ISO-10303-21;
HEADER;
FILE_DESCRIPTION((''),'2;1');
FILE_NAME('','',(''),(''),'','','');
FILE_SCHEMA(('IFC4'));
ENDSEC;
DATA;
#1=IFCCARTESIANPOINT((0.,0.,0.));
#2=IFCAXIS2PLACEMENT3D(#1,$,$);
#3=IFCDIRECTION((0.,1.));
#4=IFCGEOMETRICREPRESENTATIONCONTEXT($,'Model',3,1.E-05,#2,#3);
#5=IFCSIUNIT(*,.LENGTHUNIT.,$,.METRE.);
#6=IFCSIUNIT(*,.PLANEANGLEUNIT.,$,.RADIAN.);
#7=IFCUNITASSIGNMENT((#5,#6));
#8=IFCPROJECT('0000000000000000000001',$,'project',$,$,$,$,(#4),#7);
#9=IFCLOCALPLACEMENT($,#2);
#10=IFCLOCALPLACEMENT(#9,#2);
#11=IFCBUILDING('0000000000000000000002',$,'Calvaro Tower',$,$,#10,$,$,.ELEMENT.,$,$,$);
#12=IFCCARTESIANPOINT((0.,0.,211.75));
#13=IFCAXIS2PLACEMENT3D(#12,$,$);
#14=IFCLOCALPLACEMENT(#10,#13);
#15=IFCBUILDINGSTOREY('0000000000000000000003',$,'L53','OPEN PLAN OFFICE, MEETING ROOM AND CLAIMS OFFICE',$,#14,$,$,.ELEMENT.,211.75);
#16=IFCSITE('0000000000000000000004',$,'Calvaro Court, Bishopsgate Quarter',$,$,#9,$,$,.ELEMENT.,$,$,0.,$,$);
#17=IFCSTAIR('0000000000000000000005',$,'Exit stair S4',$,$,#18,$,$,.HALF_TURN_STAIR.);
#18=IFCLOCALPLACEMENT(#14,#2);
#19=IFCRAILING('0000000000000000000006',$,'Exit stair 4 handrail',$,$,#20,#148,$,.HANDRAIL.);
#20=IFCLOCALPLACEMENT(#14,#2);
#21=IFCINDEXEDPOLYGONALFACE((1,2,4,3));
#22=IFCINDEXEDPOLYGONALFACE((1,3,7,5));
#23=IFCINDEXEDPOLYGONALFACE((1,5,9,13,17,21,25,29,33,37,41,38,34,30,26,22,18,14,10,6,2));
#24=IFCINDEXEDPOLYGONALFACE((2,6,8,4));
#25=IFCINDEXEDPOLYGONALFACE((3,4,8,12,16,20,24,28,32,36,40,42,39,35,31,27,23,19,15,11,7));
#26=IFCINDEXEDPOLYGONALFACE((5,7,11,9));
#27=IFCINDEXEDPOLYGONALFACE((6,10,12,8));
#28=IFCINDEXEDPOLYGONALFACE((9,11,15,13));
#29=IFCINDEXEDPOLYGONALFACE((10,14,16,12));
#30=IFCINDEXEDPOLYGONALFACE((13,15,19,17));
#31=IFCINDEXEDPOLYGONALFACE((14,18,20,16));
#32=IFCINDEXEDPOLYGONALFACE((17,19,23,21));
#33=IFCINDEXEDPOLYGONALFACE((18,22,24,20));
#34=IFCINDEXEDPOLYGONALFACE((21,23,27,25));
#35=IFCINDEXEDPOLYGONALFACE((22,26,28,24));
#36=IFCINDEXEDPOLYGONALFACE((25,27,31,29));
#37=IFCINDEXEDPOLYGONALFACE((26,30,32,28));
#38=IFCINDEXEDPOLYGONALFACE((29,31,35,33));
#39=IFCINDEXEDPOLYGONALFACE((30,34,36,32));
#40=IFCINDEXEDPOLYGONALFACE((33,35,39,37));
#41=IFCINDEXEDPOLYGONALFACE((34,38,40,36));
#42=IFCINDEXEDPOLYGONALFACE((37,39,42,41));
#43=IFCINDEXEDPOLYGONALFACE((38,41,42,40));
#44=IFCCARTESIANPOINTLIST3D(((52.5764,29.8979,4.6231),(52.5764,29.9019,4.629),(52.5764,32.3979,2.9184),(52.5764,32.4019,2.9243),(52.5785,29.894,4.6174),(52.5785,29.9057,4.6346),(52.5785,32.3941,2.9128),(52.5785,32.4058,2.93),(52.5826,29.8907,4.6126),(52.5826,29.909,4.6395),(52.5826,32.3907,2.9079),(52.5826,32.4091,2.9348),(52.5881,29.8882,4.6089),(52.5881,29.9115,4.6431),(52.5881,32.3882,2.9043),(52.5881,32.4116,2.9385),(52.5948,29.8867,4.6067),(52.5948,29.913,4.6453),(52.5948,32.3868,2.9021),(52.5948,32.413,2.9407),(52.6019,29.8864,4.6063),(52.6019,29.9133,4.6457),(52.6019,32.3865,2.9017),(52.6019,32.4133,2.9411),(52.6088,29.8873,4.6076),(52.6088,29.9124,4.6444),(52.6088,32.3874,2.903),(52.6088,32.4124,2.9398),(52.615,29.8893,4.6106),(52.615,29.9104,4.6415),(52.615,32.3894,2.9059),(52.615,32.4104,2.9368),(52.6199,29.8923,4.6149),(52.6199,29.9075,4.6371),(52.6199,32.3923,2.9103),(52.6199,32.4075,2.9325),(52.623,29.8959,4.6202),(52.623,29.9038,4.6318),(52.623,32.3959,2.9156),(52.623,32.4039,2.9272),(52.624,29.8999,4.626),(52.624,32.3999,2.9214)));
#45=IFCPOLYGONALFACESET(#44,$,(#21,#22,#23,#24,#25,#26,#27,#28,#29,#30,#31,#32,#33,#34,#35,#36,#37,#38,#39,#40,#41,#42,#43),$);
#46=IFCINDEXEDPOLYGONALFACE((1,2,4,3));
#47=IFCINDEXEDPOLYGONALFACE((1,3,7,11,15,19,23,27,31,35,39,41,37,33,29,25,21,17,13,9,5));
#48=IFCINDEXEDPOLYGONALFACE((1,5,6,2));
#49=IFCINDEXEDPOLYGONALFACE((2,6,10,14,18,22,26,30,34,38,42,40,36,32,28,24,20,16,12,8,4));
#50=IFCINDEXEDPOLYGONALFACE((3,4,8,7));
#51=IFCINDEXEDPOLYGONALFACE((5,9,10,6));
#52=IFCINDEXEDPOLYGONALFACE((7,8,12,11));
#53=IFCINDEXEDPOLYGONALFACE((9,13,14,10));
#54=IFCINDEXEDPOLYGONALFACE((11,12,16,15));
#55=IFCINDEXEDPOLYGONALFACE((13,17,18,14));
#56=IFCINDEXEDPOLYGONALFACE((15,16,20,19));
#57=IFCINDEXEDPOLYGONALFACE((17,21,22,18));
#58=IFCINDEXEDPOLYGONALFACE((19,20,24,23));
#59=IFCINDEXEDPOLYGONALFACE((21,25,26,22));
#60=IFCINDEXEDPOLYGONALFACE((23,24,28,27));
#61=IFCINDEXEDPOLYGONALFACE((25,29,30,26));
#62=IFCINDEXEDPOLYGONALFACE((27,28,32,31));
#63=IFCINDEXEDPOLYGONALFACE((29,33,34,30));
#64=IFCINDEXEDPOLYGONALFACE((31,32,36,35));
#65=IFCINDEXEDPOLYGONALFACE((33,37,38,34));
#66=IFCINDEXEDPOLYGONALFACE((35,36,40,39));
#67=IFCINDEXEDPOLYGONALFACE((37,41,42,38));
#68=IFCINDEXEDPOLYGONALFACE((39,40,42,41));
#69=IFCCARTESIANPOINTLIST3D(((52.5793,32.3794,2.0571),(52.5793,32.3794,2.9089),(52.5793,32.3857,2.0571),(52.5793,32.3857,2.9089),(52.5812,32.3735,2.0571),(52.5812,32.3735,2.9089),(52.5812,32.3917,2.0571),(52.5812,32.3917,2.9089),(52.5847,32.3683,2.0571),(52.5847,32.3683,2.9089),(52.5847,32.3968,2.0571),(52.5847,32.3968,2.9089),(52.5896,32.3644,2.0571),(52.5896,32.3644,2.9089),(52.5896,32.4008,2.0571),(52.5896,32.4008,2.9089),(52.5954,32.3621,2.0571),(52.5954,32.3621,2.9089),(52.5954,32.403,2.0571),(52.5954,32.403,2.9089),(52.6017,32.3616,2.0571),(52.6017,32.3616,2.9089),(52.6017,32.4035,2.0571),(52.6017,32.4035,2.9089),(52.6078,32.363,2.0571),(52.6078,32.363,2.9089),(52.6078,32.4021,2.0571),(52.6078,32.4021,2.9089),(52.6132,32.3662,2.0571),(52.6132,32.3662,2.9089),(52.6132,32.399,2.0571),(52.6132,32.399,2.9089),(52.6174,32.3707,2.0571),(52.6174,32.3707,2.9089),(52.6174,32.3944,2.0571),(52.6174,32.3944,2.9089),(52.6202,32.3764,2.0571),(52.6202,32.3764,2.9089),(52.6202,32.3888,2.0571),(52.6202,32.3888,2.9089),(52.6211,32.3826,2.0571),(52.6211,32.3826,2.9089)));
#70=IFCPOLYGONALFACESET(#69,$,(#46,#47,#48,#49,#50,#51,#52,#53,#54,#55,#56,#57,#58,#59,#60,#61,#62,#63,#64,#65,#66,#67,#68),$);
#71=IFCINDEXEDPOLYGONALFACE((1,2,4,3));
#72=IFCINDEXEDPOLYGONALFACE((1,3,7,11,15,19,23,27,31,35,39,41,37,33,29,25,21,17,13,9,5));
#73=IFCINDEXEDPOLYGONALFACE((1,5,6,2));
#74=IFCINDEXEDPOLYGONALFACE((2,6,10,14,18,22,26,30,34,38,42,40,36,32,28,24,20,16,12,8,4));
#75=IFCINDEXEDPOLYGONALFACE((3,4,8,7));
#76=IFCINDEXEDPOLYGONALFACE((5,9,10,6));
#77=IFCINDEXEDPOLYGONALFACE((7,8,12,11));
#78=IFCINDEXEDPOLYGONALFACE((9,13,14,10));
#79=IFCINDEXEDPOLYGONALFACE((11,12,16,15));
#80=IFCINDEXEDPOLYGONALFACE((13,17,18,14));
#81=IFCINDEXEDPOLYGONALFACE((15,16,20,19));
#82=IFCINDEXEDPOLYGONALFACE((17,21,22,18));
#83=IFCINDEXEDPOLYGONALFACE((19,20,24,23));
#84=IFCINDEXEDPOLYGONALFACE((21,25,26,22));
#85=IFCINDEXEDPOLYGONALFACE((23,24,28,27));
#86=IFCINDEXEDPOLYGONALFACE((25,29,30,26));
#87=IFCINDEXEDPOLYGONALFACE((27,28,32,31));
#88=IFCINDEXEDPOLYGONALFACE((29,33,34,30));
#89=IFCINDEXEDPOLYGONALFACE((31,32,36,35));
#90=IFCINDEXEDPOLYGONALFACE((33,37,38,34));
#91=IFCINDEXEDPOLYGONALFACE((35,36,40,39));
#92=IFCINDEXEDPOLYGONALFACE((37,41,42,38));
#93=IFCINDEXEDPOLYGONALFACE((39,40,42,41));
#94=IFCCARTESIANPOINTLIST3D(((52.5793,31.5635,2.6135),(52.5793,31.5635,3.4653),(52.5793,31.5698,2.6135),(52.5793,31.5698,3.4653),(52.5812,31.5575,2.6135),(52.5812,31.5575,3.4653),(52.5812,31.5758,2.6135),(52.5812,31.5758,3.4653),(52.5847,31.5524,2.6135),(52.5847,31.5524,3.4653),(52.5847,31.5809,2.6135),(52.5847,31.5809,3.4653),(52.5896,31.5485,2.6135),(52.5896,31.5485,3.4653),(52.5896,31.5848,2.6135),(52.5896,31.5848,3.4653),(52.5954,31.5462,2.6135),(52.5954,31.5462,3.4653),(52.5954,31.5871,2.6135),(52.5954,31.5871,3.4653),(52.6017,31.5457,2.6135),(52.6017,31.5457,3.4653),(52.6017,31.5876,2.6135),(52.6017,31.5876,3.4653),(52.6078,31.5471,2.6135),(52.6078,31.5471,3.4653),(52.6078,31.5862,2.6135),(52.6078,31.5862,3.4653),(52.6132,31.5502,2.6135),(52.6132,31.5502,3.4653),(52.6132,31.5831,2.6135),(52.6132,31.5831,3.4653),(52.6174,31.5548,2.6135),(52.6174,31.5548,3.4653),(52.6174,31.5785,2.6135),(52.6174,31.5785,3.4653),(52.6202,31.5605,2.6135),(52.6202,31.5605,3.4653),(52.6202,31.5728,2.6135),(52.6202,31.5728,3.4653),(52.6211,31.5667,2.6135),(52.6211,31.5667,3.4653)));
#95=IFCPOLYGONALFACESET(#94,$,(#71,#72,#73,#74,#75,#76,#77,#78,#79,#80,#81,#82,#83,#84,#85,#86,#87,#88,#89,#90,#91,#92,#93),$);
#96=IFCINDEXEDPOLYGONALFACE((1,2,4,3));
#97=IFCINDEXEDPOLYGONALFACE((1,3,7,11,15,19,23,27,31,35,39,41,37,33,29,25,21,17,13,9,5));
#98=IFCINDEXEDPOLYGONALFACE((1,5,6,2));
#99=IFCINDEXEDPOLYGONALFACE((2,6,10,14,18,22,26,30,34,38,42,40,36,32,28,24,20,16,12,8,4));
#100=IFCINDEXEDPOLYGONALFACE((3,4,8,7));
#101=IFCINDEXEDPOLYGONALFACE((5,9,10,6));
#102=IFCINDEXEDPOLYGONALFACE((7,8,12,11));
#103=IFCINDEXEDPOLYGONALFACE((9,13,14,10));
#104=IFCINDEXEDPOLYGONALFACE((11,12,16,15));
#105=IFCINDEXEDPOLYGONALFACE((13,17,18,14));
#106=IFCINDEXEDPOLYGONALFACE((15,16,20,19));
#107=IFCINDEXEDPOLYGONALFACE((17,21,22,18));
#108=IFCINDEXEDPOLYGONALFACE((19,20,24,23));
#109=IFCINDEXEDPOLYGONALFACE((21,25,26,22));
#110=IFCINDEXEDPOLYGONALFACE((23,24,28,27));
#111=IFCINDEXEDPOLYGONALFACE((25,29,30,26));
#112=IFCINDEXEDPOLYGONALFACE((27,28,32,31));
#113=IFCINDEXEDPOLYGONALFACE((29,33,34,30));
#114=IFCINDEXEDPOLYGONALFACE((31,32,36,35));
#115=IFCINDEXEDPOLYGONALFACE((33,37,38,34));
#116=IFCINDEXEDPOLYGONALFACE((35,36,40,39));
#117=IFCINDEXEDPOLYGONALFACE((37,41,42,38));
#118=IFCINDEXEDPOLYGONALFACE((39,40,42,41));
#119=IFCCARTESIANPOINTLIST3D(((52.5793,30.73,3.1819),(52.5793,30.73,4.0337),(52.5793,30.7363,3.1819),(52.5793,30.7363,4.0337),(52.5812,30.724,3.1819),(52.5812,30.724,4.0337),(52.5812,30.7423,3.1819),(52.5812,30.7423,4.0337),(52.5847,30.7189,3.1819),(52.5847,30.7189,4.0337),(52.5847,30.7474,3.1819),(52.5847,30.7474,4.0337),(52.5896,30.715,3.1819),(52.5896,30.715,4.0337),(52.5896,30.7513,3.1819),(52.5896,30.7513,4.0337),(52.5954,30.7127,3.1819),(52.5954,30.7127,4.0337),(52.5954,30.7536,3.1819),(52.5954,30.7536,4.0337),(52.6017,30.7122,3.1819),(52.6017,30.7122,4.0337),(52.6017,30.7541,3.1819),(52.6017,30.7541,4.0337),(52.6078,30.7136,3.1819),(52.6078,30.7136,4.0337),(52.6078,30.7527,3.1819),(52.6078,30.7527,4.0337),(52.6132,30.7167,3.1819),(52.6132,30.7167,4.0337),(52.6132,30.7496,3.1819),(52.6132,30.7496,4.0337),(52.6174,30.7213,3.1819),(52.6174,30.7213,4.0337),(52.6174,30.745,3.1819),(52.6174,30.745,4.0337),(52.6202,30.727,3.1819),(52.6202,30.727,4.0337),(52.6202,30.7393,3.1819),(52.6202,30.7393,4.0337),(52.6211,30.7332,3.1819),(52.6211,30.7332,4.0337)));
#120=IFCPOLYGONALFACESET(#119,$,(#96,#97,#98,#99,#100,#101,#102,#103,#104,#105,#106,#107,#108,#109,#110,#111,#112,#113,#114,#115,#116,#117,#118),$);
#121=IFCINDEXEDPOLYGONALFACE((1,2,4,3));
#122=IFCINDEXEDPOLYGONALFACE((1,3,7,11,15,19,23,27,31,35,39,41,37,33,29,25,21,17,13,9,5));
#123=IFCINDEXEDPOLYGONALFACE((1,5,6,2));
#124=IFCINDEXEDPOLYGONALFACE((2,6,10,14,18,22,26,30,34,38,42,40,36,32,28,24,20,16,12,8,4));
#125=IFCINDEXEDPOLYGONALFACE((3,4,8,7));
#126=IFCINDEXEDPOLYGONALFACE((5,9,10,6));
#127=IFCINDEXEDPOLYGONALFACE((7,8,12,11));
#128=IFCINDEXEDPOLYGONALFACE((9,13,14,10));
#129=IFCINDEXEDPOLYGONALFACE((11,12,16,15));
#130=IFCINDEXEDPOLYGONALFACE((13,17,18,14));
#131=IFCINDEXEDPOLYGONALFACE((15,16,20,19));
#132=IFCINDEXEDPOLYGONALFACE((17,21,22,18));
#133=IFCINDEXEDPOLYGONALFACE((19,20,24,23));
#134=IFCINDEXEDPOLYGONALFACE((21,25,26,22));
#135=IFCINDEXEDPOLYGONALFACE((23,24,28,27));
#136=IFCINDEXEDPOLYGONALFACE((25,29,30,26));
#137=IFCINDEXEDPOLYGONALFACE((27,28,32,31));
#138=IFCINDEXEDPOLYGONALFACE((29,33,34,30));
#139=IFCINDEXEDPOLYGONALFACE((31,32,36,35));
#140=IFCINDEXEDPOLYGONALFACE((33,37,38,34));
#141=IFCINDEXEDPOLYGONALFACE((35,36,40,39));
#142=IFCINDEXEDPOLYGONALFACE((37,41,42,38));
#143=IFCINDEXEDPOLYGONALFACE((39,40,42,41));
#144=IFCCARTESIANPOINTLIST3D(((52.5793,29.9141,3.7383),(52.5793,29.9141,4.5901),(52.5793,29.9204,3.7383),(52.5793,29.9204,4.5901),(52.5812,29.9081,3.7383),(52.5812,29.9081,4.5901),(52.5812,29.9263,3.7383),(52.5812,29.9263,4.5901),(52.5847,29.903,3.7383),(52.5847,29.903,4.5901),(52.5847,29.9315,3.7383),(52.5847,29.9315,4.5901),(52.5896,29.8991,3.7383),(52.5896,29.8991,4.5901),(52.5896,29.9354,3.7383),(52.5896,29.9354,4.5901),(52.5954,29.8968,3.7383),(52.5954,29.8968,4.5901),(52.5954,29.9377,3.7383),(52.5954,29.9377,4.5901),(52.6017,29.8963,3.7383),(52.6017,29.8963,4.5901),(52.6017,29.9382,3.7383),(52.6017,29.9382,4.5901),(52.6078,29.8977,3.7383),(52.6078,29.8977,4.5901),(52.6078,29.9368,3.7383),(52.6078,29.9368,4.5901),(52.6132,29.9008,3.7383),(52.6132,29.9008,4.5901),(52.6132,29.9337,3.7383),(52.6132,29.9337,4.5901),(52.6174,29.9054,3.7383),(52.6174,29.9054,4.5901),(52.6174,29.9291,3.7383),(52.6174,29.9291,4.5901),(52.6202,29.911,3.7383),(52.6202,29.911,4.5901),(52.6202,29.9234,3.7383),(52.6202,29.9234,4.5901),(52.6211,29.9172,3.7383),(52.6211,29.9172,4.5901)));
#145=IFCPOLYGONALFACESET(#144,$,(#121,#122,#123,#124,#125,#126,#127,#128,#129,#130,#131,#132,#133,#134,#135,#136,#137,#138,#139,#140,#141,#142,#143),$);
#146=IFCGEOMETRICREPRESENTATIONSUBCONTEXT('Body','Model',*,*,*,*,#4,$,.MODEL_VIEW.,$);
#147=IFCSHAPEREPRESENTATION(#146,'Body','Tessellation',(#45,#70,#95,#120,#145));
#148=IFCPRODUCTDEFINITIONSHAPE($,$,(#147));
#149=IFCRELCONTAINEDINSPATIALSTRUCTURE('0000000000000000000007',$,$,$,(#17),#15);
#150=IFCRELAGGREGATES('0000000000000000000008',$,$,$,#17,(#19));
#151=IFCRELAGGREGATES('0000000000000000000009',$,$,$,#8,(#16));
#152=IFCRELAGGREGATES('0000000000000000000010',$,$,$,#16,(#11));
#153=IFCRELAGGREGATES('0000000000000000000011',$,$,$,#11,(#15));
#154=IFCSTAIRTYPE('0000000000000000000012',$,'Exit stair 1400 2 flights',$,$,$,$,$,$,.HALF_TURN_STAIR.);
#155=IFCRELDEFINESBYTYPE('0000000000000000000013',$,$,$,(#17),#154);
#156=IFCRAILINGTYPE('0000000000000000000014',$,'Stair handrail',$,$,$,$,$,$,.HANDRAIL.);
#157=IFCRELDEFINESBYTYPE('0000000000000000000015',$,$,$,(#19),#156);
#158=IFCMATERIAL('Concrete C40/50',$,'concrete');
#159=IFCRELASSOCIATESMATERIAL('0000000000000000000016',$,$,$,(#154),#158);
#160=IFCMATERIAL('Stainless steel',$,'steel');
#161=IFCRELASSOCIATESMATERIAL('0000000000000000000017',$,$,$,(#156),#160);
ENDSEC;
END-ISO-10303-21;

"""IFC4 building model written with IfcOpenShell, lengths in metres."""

from ifc_helpers import new_model, si_unit, direction, frame, origin, origin_2d, place, context, subcontext, project, spatial, circle, extrude, material, type_object, element, aggregate, save


model = new_model("IFC4")

# Units and contexts
model_context = context("Model", 3, precision=1e-05, world=origin(), true_north=direction((0.0, 1.0)))
body_context = subcontext(model_context, "Body", "Model", "MODEL_VIEW")
ifc_project = project(units=[si_unit("LENGTHUNIT", "METRE"), si_unit("PLANEANGLEUNIT", "RADIAN")], contexts=[model_context])

# Site, building, storey
site_placement = place(None, origin())
site = spatial("IfcSite", under=ifc_project, at=site_placement, Name="Calvaro Court, Bishopsgate Quarter", CompositionType="ELEMENT", RefElevation=0.0)
building_placement = place(site_placement, origin())
building = spatial("IfcBuilding", under=site, at=building_placement, Name="Calvaro Tower", CompositionType="ELEMENT")
storey_placement = place(building_placement, frame((0.0, 0.0, 211.75)))
storey = spatial("IfcBuildingStorey", under=building, at=storey_placement, Name="L53", Description="OPEN PLAN OFFICE, MEETING ROOM AND CLAIMS OFFICE", CompositionType="ELEMENT", Elevation=211.75)

# Stair
ifc_material_1 = material(Name="Concrete C40/50", Category="concrete")
stair_type = type_object("IfcStairType", Name="Exit stair 1400 2 flights", PredefinedType="HALF_TURN_STAIR", material=ifc_material_1)
stair_1_placement = place(storey_placement, origin())
stair_1 = element("IfcStair", 1, at=stair_1_placement, inside=storey, type_object=stair_type, Name="Exit stair S4", PredefinedType="HALF_TURN_STAIR")

# Railing
ifc_material_2 = material(Name="Stainless steel", Category="steel")
railing_type = type_object("IfcRailingType", Name="Stair handrail", PredefinedType="HANDRAIL", material=ifc_material_2)
railing_1_placement = place(storey_placement, frame((52.6001, 32.3999, 2.0454)))
railing_1 = element("IfcRailing", 2, at=railing_1_placement, type_object=railing_type, Name="Exit stair 4 handrail", PredefinedType="HANDRAIL", context=body_context, shape_type="SweptSolid", body=[
    extrude(circle(Radius=0.0239, at=origin_2d()), frame((0.0, 0.0, 0.876), z_axis=(0.0, -0.826221, 0.563347), x_axis=(1.0, 0.0, 0.0)), (0.0, 0.0, 1.0), 3.0259),
    extrude(circle(Radius=0.021, at=origin_2d()), frame((0.0, -0.0173, 0.0117)), (0.0, 0.0, 1.0), 0.8518),
    extrude(circle(Radius=0.021, at=origin_2d()), frame((0.0, -0.8333, 0.5681)), (0.0, 0.0, 1.0), 0.8518),
    extrude(circle(Radius=0.021, at=origin_2d()), frame((0.0, -1.6667, 1.1365)), (0.0, 0.0, 1.0), 0.8518),
    extrude(circle(Radius=0.021, at=origin_2d()), frame((0.0, -2.4827, 1.6929)), (0.0, 0.0, 1.0), 0.8518),
])
aggregate(stair_1, [railing_1])

save(model, "model.ifc")
